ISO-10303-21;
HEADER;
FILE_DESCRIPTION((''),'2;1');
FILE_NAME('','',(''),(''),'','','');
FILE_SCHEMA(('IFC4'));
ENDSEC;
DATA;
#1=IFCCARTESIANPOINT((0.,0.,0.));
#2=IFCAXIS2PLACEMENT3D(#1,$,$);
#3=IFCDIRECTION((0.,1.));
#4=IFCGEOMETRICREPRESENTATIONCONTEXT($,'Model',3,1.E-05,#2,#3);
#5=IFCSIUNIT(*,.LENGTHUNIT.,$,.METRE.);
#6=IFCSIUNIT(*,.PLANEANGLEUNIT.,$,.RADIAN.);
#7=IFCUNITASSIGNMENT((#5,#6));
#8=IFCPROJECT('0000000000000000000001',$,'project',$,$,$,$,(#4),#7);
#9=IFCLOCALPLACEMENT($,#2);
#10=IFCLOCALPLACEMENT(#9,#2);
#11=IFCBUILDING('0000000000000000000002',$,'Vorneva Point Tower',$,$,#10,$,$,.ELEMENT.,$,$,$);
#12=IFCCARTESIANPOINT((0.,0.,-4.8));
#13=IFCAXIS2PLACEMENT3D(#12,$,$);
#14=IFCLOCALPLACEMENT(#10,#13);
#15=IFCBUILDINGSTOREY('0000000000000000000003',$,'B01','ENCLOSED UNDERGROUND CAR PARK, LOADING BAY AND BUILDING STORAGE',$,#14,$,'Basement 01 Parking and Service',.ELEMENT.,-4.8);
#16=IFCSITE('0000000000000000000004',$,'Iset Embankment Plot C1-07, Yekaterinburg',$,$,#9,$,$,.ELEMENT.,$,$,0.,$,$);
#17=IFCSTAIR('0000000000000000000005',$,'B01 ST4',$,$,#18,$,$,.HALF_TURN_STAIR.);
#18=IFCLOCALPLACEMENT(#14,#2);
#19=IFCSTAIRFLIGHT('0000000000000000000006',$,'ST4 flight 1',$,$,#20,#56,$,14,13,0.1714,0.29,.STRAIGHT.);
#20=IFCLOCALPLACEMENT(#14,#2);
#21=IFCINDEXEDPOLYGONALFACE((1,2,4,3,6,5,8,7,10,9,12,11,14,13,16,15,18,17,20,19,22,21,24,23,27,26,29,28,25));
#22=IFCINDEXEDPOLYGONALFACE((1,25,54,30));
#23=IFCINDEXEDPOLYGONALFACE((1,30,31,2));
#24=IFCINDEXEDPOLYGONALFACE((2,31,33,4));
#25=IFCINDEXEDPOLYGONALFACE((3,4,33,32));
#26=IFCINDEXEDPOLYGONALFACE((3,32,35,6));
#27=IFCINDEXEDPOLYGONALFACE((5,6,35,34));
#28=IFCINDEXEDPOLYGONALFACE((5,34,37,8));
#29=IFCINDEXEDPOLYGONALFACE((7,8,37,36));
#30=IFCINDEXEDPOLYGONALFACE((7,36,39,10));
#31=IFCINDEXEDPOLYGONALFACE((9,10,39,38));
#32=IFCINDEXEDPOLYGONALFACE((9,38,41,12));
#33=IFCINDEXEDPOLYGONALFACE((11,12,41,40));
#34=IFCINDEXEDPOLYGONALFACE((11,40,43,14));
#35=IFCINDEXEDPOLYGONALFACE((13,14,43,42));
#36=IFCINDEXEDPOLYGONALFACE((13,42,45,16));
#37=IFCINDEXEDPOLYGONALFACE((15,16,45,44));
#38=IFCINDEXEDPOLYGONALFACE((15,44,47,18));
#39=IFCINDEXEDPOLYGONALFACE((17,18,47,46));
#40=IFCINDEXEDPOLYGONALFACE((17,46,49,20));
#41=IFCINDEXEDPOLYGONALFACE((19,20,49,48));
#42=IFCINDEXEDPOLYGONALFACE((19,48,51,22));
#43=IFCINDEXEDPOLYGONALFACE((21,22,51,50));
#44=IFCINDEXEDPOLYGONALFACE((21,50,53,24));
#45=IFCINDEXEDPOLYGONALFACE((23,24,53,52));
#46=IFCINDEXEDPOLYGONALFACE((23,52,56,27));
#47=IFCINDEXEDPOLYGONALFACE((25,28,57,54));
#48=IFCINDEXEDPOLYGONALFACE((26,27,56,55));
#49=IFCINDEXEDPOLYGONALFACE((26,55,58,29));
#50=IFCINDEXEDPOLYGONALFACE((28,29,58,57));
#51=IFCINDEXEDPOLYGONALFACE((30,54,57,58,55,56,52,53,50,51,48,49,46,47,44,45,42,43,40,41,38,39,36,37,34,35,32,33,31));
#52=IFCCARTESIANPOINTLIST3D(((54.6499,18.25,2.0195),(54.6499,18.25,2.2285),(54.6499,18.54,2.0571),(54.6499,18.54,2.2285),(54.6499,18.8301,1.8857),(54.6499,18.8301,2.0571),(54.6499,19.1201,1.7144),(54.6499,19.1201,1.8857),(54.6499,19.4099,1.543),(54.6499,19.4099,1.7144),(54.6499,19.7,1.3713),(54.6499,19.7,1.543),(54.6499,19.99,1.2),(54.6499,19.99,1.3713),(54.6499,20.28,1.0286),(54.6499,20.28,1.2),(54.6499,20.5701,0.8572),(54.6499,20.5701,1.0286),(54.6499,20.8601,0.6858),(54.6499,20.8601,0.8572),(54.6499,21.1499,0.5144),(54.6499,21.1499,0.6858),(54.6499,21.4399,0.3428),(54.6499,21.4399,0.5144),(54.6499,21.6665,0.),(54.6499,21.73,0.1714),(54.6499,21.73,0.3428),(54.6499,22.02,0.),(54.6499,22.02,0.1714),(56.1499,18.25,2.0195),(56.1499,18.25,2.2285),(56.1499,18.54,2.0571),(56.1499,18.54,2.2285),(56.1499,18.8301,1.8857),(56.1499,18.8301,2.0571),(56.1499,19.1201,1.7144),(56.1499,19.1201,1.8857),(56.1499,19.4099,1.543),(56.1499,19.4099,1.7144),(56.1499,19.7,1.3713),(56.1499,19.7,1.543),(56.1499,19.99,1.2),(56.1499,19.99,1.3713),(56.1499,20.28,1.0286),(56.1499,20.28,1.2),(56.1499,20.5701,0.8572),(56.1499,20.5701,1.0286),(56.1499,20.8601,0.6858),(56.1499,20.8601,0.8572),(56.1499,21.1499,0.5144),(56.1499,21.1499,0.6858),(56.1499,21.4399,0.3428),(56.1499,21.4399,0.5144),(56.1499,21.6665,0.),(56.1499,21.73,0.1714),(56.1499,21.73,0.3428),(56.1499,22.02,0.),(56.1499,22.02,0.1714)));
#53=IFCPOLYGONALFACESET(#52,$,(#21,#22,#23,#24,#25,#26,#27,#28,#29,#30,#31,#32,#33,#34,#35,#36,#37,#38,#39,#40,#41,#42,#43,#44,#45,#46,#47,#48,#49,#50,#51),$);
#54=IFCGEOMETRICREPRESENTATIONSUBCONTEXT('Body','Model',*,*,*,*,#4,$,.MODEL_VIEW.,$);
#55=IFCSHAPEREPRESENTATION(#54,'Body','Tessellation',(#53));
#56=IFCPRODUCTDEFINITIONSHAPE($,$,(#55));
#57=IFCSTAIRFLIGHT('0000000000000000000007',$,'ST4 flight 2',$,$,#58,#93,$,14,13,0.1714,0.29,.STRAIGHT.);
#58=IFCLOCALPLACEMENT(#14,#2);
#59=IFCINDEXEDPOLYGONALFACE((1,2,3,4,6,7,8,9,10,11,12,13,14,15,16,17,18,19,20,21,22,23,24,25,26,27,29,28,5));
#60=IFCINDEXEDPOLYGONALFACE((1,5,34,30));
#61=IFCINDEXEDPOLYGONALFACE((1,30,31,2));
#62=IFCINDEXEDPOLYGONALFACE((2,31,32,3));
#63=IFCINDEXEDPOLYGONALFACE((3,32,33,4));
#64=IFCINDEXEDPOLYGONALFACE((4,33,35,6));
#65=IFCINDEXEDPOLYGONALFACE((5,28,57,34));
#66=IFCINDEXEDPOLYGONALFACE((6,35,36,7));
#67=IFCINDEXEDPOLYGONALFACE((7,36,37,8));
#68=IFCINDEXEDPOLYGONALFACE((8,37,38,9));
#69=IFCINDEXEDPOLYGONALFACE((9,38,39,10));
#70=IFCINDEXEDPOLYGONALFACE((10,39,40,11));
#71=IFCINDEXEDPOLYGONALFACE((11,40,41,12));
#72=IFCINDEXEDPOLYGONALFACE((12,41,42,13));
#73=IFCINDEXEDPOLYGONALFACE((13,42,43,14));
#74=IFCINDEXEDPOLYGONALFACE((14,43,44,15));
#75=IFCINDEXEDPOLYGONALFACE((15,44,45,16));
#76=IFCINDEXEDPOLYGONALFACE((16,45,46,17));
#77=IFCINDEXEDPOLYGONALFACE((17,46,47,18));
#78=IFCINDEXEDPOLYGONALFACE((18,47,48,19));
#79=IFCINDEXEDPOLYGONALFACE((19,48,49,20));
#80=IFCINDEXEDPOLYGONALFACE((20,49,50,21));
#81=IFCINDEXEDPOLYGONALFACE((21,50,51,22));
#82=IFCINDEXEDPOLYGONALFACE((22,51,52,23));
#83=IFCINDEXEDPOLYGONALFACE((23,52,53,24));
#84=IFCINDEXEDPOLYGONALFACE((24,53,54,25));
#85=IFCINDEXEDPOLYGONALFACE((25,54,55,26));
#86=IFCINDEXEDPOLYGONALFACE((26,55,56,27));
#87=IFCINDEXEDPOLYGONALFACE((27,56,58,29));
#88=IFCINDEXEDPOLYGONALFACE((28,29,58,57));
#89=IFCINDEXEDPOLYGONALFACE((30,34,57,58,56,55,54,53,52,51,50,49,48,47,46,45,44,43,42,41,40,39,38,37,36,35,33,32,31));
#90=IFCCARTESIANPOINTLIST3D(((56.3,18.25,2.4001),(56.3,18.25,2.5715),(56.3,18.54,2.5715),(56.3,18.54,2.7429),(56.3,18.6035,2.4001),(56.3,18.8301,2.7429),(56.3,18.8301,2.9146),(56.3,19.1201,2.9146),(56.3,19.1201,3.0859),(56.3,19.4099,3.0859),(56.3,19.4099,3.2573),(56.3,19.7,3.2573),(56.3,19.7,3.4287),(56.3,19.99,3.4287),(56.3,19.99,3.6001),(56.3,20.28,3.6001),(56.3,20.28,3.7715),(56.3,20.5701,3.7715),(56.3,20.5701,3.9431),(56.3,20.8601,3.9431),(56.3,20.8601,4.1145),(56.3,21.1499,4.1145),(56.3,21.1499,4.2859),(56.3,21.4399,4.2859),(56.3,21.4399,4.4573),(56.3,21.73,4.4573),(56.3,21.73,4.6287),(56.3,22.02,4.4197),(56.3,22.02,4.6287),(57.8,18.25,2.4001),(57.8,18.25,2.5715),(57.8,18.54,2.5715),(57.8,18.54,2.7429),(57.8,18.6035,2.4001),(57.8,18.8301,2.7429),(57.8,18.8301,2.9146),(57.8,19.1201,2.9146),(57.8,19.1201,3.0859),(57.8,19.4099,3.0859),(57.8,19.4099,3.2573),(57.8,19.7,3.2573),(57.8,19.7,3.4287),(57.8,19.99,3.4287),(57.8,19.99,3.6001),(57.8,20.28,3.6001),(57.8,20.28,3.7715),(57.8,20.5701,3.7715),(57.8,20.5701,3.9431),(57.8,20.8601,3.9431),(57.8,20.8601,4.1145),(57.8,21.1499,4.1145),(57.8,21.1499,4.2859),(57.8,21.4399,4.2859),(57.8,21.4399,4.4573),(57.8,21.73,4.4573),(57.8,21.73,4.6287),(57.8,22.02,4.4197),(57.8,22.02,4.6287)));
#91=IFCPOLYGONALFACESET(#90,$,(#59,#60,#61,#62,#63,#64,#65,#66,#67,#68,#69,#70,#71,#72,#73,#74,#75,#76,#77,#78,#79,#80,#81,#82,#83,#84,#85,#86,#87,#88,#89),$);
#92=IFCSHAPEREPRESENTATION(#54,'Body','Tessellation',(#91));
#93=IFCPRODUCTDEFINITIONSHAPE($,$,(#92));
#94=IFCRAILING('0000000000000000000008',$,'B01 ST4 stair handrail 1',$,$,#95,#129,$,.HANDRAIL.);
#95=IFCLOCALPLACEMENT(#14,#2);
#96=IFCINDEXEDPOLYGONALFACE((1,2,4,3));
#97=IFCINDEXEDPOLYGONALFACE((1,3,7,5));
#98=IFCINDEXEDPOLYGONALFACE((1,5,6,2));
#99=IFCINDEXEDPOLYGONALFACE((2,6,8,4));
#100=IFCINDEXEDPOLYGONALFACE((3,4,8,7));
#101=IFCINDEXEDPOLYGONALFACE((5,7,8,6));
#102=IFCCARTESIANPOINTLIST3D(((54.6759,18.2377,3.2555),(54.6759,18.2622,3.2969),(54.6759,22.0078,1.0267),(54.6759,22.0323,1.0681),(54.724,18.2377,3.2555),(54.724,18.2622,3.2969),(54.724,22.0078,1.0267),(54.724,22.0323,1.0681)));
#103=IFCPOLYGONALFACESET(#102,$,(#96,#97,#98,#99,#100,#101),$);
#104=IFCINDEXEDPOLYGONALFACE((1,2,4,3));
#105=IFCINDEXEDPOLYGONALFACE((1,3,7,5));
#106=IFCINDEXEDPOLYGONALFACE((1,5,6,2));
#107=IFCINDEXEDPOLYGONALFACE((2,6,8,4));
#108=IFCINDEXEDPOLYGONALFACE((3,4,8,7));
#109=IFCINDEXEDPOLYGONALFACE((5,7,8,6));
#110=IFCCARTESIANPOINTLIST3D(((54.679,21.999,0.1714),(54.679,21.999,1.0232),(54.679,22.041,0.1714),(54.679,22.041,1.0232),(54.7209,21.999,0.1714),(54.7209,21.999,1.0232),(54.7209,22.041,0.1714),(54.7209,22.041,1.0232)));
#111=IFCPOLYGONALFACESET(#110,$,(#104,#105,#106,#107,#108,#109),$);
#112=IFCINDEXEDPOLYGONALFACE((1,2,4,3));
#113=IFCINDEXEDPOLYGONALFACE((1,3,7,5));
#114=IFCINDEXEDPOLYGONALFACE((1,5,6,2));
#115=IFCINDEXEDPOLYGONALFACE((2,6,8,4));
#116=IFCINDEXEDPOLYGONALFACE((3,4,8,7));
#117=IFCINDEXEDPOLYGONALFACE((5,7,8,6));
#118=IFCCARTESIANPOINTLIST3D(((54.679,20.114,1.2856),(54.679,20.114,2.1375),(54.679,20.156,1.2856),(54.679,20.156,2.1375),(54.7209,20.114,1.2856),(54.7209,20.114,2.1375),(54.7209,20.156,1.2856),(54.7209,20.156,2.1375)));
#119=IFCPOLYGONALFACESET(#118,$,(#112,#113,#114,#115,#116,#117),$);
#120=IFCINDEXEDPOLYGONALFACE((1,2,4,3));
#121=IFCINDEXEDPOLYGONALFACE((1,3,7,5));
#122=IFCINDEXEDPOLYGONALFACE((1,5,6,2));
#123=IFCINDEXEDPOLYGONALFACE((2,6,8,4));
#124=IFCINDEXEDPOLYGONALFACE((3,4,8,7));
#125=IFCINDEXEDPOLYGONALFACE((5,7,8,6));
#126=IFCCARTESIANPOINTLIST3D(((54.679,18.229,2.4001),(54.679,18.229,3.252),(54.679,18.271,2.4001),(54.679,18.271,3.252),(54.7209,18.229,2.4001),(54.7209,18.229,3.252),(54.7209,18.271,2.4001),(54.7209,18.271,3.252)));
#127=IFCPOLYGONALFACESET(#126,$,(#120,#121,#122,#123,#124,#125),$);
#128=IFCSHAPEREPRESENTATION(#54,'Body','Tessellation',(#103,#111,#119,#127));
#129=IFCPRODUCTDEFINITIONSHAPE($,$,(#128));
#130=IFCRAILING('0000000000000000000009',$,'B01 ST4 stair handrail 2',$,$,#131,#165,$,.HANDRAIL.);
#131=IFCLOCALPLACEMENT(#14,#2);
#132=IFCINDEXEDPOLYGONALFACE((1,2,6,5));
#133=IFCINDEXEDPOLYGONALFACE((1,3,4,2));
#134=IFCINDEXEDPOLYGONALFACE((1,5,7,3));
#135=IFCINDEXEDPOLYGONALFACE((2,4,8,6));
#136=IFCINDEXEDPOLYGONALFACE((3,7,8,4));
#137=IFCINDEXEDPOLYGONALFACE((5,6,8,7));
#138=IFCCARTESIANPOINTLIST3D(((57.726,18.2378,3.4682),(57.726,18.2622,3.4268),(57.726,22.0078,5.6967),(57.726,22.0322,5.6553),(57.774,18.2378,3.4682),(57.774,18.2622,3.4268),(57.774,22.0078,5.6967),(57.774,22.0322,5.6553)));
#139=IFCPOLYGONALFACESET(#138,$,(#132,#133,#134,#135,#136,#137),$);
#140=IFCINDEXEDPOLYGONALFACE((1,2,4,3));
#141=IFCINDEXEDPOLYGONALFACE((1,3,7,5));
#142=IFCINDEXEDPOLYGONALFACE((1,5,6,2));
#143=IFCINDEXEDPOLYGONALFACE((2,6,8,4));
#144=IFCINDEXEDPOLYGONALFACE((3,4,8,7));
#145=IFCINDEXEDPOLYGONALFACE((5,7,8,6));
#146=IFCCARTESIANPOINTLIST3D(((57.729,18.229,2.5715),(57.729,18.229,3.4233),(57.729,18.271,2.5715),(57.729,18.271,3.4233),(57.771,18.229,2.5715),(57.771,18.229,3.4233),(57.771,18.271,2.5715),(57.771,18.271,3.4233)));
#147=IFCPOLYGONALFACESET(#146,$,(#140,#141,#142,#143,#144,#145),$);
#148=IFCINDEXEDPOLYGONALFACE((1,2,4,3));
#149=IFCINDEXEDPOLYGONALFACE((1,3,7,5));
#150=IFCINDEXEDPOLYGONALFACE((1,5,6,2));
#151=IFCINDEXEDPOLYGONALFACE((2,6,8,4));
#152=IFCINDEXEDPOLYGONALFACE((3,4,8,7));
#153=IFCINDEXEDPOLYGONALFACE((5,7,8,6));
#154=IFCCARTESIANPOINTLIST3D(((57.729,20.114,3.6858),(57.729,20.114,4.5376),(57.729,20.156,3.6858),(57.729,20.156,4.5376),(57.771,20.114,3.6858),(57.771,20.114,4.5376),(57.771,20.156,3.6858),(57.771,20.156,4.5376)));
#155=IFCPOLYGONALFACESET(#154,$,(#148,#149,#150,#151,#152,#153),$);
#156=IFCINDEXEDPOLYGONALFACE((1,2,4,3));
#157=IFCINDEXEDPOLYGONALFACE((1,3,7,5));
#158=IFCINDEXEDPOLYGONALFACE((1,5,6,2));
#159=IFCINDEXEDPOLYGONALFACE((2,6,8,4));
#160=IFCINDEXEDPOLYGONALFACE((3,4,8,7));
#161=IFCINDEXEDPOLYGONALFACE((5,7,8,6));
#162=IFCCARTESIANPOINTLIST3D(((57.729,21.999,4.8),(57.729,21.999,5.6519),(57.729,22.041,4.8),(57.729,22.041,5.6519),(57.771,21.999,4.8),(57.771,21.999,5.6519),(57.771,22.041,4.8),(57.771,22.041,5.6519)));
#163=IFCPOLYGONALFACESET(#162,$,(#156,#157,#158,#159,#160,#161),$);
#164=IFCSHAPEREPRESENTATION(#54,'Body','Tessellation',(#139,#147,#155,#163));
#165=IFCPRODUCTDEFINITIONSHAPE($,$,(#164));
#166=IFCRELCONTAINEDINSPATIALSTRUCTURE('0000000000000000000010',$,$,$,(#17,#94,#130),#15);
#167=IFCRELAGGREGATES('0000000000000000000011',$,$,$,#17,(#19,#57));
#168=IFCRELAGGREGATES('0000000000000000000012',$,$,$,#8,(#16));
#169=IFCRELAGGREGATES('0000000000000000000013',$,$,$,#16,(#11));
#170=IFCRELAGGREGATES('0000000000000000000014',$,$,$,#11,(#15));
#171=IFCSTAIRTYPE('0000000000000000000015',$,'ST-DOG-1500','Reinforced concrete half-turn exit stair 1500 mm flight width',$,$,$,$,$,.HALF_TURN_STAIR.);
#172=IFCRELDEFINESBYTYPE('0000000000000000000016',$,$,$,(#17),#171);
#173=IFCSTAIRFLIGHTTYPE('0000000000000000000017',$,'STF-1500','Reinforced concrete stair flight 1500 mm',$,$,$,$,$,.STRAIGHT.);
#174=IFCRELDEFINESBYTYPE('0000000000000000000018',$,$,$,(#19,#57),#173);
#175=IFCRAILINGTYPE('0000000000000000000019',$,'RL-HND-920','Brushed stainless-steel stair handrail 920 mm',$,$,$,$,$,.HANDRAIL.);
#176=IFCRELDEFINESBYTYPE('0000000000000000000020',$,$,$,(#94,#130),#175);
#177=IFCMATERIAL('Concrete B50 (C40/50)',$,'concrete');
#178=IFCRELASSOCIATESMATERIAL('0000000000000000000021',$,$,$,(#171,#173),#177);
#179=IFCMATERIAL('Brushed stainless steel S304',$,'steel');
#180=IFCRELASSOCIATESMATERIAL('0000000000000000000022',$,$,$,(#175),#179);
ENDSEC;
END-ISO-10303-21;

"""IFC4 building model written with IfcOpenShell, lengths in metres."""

from ifc_helpers import new_model, si_unit, direction, frame, origin, origin_2d, place, context, subcontext, project, spatial, polyline, rectangle, outline, extrude, material, type_object, element, aggregate, save


model = new_model("IFC4")

# Units and contexts
model_context = context("Model", 3, precision=1e-05, world=origin(), true_north=direction((0.0, 1.0)))
body_context = subcontext(model_context, "Body", "Model", "MODEL_VIEW")
ifc_project = project(units=[si_unit("LENGTHUNIT", "METRE"), si_unit("PLANEANGLEUNIT", "RADIAN")], contexts=[model_context])

# Site, building, storey
site_placement = place(None, origin())
site = spatial("IfcSite", under=ifc_project, at=site_placement, Name="Iset Embankment Plot C1-07, Yekaterinburg", CompositionType="ELEMENT", RefElevation=0.0)
building_placement = place(site_placement, origin())
building = spatial("IfcBuilding", under=site, at=building_placement, Name="Vorneva Point Tower", CompositionType="ELEMENT")
storey_placement = place(building_placement, frame((0.0, 0.0, -4.8)))
storey = spatial("IfcBuildingStorey", under=building, at=storey_placement, Name="B01", Description="ENCLOSED UNDERGROUND CAR PARK, LOADING BAY AND BUILDING STORAGE", LongName="Basement 01 Parking and Service", CompositionType="ELEMENT", Elevation=-4.8)

# Shared definitions
ifc_material_1 = material(Name="Concrete B50 (C40/50)", Category="concrete")

# Stair, stair flights
stair_type = type_object("IfcStairType", Name="ST-DOG-1500", Description="Reinforced concrete half-turn exit stair 1500 mm flight width", PredefinedType="HALF_TURN_STAIR", material=ifc_material_1)
stair_placement = place(storey_placement, origin())
stair = element("IfcStair", 1, at=stair_placement, inside=storey, type_object=stair_type, Name="B01 ST4", PredefinedType="HALF_TURN_STAIR")
stair_flight_type = type_object("IfcStairFlightType", Name="STF-1500", Description="Reinforced concrete stair flight 1500 mm", PredefinedType="STRAIGHT", material=ifc_material_1)
stair_flight_1_placement = place(storey_placement, frame((55.3999, 22.02, 0.0), z_axis=(0.0, 0.0, 1.0), x_axis=(0.0, -1.0, 0.0)))
stair_flight_1 = element("IfcStairFlight", 2, at=stair_flight_1_placement, type_object=stair_flight_type, Name="ST4 flight 1", NumberOfRisers=14, NumberOfTreads=13, PredefinedType="STRAIGHT", RiserHeight=0.1714, TreadLength=0.29, context=body_context, shape_type="SweptSolid", body=[
    extrude(outline(polyline([(0.0, 0.0), (0.0, 0.1714), (0.29, 0.1714), (0.29, 0.3428), (0.5801, 0.3428), (0.5801, 0.5144), (0.8701, 0.5144), (0.8701, 0.6858), (1.1599, 0.6858), (1.1599, 0.8572), (1.45, 0.8572), (1.45, 1.0286), (1.74, 1.0286), (1.74, 1.2), (2.03, 1.2), (2.03, 1.3713), (2.3201, 1.3713), (2.3201, 1.543), (2.6101, 1.543), (2.6101, 1.7144), (2.8999, 1.7144), (2.8999, 1.8857), (3.1899, 1.8857), (3.1899, 2.0571), (3.48, 2.0571), (3.48, 2.2285), (3.77, 2.2285), (3.77, 2.3999), (3.77, 2.0195), (0.3535, 0.0), (0.0, 0.0)])), frame((0.0, 0.75, 0.0), z_axis=(0.0, -1.0, 0.0), x_axis=(1.0, 0.0, 0.0)), (0.0, 0.0, 1.0), 1.5),
])
stair_flight_2_placement = place(storey_placement, frame((57.05, 18.25, 2.4001), z_axis=(0.0, 0.0, 1.0), x_axis=(0.0, 1.0, 0.0)))
stair_flight_2 = element("IfcStairFlight", 3, at=stair_flight_2_placement, type_object=stair_flight_type, Name="ST4 flight 2", NumberOfRisers=14, NumberOfTreads=13, PredefinedType="STRAIGHT", RiserHeight=0.1714, TreadLength=0.29, context=body_context, shape_type="SweptSolid", body=[
    extrude(outline(polyline([(0.0, 0.0), (0.0, 0.1714), (0.29, 0.1714), (0.29, 0.3428), (0.5801, 0.3428), (0.5801, 0.5144), (0.8701, 0.5144), (0.8701, 0.6858), (1.1599, 0.6858), (1.1599, 0.8572), (1.45, 0.8572), (1.45, 1.0286), (1.74, 1.0286), (1.74, 1.2), (2.03, 1.2), (2.03, 1.3713), (2.3201, 1.3713), (2.3201, 1.543), (2.6101, 1.543), (2.6101, 1.7144), (2.8999, 1.7144), (2.8999, 1.8857), (3.1899, 1.8857), (3.1899, 2.0571), (3.48, 2.0571), (3.48, 2.2285), (3.77, 2.2285), (3.77, 2.3999), (3.77, 2.0195), (0.3535, 0.0), (0.0, 0.0)])), frame((0.0, 0.75, 0.0), z_axis=(0.0, -1.0, 0.0), x_axis=(1.0, 0.0, 0.0)), (0.0, 0.0, 1.0), 1.5),
])
aggregate(stair, [stair_flight_1, stair_flight_2])

# Railings
ifc_material_2 = material(Name="Brushed stainless steel S304", Category="steel")
railing_type_1 = type_object("IfcRailingType", Name="RL-HND-920", Description="Brushed stainless-steel stair handrail 920 mm", PredefinedType="HANDRAIL", material=ifc_material_2)
railing_1_placement = place(storey_placement, frame((54.7, 22.02, 0.1714)))
element("IfcRailing", 4, at=railing_1_placement, inside=storey, type_object=railing_type_1, Name="B01 ST4 stair handrail 1", PredefinedType="HANDRAIL", context=body_context, shape_type="SweptSolid", body=[
    extrude(rectangle(XDim=0.0481, YDim=0.0481, at=origin_2d()), frame((0.0, 0.0, 0.876), z_axis=(0.0, -0.860824, 0.508902), x_axis=(1.0, 0.0, 0.0)), (0.0, 0.0, 1.0), 4.3796),
    extrude(rectangle(XDim=0.042, YDim=0.042, at=origin_2d()), origin(), (0.0, 0.0, 1.0), 0.8518),
    extrude(rectangle(XDim=0.042, YDim=0.042, at=origin_2d()), frame((0.0, -1.885, 1.1143)), (0.0, 0.0, 1.0), 0.8518),
    extrude(rectangle(XDim=0.042, YDim=0.042, at=origin_2d()), frame((0.0, -3.77, 2.2288)), (0.0, 0.0, 1.0), 0.8518),
])
railing_2_placement = place(storey_placement, frame((57.75, 18.25, 2.5715)))
element("IfcRailing", 5, at=railing_2_placement, inside=storey, type_object=railing_type_1, Name="B01 ST4 stair handrail 2", PredefinedType="HANDRAIL", context=body_context, shape_type="SweptSolid", body=[
    extrude(rectangle(XDim=0.0481, YDim=0.0481, at=origin_2d()), frame((0.0, 0.0, 0.876), z_axis=(0.0, 0.860849, 0.508861), x_axis=(-1.0, 0.0, 0.0)), (0.0, 0.0, 1.0), 4.3794),
    extrude(rectangle(XDim=0.042, YDim=0.042, at=origin_2d()), origin(), (0.0, 0.0, 1.0), 0.8518),
    extrude(rectangle(XDim=0.042, YDim=0.042, at=origin_2d()), frame((0.0, 1.885, 1.1143)), (0.0, 0.0, 1.0), 0.8518),
    extrude(rectangle(XDim=0.042, YDim=0.042, at=origin_2d()), frame((0.0, 3.77, 2.2285)), (0.0, 0.0, 1.0), 0.8518),
])

save(model, "model.ifc")
